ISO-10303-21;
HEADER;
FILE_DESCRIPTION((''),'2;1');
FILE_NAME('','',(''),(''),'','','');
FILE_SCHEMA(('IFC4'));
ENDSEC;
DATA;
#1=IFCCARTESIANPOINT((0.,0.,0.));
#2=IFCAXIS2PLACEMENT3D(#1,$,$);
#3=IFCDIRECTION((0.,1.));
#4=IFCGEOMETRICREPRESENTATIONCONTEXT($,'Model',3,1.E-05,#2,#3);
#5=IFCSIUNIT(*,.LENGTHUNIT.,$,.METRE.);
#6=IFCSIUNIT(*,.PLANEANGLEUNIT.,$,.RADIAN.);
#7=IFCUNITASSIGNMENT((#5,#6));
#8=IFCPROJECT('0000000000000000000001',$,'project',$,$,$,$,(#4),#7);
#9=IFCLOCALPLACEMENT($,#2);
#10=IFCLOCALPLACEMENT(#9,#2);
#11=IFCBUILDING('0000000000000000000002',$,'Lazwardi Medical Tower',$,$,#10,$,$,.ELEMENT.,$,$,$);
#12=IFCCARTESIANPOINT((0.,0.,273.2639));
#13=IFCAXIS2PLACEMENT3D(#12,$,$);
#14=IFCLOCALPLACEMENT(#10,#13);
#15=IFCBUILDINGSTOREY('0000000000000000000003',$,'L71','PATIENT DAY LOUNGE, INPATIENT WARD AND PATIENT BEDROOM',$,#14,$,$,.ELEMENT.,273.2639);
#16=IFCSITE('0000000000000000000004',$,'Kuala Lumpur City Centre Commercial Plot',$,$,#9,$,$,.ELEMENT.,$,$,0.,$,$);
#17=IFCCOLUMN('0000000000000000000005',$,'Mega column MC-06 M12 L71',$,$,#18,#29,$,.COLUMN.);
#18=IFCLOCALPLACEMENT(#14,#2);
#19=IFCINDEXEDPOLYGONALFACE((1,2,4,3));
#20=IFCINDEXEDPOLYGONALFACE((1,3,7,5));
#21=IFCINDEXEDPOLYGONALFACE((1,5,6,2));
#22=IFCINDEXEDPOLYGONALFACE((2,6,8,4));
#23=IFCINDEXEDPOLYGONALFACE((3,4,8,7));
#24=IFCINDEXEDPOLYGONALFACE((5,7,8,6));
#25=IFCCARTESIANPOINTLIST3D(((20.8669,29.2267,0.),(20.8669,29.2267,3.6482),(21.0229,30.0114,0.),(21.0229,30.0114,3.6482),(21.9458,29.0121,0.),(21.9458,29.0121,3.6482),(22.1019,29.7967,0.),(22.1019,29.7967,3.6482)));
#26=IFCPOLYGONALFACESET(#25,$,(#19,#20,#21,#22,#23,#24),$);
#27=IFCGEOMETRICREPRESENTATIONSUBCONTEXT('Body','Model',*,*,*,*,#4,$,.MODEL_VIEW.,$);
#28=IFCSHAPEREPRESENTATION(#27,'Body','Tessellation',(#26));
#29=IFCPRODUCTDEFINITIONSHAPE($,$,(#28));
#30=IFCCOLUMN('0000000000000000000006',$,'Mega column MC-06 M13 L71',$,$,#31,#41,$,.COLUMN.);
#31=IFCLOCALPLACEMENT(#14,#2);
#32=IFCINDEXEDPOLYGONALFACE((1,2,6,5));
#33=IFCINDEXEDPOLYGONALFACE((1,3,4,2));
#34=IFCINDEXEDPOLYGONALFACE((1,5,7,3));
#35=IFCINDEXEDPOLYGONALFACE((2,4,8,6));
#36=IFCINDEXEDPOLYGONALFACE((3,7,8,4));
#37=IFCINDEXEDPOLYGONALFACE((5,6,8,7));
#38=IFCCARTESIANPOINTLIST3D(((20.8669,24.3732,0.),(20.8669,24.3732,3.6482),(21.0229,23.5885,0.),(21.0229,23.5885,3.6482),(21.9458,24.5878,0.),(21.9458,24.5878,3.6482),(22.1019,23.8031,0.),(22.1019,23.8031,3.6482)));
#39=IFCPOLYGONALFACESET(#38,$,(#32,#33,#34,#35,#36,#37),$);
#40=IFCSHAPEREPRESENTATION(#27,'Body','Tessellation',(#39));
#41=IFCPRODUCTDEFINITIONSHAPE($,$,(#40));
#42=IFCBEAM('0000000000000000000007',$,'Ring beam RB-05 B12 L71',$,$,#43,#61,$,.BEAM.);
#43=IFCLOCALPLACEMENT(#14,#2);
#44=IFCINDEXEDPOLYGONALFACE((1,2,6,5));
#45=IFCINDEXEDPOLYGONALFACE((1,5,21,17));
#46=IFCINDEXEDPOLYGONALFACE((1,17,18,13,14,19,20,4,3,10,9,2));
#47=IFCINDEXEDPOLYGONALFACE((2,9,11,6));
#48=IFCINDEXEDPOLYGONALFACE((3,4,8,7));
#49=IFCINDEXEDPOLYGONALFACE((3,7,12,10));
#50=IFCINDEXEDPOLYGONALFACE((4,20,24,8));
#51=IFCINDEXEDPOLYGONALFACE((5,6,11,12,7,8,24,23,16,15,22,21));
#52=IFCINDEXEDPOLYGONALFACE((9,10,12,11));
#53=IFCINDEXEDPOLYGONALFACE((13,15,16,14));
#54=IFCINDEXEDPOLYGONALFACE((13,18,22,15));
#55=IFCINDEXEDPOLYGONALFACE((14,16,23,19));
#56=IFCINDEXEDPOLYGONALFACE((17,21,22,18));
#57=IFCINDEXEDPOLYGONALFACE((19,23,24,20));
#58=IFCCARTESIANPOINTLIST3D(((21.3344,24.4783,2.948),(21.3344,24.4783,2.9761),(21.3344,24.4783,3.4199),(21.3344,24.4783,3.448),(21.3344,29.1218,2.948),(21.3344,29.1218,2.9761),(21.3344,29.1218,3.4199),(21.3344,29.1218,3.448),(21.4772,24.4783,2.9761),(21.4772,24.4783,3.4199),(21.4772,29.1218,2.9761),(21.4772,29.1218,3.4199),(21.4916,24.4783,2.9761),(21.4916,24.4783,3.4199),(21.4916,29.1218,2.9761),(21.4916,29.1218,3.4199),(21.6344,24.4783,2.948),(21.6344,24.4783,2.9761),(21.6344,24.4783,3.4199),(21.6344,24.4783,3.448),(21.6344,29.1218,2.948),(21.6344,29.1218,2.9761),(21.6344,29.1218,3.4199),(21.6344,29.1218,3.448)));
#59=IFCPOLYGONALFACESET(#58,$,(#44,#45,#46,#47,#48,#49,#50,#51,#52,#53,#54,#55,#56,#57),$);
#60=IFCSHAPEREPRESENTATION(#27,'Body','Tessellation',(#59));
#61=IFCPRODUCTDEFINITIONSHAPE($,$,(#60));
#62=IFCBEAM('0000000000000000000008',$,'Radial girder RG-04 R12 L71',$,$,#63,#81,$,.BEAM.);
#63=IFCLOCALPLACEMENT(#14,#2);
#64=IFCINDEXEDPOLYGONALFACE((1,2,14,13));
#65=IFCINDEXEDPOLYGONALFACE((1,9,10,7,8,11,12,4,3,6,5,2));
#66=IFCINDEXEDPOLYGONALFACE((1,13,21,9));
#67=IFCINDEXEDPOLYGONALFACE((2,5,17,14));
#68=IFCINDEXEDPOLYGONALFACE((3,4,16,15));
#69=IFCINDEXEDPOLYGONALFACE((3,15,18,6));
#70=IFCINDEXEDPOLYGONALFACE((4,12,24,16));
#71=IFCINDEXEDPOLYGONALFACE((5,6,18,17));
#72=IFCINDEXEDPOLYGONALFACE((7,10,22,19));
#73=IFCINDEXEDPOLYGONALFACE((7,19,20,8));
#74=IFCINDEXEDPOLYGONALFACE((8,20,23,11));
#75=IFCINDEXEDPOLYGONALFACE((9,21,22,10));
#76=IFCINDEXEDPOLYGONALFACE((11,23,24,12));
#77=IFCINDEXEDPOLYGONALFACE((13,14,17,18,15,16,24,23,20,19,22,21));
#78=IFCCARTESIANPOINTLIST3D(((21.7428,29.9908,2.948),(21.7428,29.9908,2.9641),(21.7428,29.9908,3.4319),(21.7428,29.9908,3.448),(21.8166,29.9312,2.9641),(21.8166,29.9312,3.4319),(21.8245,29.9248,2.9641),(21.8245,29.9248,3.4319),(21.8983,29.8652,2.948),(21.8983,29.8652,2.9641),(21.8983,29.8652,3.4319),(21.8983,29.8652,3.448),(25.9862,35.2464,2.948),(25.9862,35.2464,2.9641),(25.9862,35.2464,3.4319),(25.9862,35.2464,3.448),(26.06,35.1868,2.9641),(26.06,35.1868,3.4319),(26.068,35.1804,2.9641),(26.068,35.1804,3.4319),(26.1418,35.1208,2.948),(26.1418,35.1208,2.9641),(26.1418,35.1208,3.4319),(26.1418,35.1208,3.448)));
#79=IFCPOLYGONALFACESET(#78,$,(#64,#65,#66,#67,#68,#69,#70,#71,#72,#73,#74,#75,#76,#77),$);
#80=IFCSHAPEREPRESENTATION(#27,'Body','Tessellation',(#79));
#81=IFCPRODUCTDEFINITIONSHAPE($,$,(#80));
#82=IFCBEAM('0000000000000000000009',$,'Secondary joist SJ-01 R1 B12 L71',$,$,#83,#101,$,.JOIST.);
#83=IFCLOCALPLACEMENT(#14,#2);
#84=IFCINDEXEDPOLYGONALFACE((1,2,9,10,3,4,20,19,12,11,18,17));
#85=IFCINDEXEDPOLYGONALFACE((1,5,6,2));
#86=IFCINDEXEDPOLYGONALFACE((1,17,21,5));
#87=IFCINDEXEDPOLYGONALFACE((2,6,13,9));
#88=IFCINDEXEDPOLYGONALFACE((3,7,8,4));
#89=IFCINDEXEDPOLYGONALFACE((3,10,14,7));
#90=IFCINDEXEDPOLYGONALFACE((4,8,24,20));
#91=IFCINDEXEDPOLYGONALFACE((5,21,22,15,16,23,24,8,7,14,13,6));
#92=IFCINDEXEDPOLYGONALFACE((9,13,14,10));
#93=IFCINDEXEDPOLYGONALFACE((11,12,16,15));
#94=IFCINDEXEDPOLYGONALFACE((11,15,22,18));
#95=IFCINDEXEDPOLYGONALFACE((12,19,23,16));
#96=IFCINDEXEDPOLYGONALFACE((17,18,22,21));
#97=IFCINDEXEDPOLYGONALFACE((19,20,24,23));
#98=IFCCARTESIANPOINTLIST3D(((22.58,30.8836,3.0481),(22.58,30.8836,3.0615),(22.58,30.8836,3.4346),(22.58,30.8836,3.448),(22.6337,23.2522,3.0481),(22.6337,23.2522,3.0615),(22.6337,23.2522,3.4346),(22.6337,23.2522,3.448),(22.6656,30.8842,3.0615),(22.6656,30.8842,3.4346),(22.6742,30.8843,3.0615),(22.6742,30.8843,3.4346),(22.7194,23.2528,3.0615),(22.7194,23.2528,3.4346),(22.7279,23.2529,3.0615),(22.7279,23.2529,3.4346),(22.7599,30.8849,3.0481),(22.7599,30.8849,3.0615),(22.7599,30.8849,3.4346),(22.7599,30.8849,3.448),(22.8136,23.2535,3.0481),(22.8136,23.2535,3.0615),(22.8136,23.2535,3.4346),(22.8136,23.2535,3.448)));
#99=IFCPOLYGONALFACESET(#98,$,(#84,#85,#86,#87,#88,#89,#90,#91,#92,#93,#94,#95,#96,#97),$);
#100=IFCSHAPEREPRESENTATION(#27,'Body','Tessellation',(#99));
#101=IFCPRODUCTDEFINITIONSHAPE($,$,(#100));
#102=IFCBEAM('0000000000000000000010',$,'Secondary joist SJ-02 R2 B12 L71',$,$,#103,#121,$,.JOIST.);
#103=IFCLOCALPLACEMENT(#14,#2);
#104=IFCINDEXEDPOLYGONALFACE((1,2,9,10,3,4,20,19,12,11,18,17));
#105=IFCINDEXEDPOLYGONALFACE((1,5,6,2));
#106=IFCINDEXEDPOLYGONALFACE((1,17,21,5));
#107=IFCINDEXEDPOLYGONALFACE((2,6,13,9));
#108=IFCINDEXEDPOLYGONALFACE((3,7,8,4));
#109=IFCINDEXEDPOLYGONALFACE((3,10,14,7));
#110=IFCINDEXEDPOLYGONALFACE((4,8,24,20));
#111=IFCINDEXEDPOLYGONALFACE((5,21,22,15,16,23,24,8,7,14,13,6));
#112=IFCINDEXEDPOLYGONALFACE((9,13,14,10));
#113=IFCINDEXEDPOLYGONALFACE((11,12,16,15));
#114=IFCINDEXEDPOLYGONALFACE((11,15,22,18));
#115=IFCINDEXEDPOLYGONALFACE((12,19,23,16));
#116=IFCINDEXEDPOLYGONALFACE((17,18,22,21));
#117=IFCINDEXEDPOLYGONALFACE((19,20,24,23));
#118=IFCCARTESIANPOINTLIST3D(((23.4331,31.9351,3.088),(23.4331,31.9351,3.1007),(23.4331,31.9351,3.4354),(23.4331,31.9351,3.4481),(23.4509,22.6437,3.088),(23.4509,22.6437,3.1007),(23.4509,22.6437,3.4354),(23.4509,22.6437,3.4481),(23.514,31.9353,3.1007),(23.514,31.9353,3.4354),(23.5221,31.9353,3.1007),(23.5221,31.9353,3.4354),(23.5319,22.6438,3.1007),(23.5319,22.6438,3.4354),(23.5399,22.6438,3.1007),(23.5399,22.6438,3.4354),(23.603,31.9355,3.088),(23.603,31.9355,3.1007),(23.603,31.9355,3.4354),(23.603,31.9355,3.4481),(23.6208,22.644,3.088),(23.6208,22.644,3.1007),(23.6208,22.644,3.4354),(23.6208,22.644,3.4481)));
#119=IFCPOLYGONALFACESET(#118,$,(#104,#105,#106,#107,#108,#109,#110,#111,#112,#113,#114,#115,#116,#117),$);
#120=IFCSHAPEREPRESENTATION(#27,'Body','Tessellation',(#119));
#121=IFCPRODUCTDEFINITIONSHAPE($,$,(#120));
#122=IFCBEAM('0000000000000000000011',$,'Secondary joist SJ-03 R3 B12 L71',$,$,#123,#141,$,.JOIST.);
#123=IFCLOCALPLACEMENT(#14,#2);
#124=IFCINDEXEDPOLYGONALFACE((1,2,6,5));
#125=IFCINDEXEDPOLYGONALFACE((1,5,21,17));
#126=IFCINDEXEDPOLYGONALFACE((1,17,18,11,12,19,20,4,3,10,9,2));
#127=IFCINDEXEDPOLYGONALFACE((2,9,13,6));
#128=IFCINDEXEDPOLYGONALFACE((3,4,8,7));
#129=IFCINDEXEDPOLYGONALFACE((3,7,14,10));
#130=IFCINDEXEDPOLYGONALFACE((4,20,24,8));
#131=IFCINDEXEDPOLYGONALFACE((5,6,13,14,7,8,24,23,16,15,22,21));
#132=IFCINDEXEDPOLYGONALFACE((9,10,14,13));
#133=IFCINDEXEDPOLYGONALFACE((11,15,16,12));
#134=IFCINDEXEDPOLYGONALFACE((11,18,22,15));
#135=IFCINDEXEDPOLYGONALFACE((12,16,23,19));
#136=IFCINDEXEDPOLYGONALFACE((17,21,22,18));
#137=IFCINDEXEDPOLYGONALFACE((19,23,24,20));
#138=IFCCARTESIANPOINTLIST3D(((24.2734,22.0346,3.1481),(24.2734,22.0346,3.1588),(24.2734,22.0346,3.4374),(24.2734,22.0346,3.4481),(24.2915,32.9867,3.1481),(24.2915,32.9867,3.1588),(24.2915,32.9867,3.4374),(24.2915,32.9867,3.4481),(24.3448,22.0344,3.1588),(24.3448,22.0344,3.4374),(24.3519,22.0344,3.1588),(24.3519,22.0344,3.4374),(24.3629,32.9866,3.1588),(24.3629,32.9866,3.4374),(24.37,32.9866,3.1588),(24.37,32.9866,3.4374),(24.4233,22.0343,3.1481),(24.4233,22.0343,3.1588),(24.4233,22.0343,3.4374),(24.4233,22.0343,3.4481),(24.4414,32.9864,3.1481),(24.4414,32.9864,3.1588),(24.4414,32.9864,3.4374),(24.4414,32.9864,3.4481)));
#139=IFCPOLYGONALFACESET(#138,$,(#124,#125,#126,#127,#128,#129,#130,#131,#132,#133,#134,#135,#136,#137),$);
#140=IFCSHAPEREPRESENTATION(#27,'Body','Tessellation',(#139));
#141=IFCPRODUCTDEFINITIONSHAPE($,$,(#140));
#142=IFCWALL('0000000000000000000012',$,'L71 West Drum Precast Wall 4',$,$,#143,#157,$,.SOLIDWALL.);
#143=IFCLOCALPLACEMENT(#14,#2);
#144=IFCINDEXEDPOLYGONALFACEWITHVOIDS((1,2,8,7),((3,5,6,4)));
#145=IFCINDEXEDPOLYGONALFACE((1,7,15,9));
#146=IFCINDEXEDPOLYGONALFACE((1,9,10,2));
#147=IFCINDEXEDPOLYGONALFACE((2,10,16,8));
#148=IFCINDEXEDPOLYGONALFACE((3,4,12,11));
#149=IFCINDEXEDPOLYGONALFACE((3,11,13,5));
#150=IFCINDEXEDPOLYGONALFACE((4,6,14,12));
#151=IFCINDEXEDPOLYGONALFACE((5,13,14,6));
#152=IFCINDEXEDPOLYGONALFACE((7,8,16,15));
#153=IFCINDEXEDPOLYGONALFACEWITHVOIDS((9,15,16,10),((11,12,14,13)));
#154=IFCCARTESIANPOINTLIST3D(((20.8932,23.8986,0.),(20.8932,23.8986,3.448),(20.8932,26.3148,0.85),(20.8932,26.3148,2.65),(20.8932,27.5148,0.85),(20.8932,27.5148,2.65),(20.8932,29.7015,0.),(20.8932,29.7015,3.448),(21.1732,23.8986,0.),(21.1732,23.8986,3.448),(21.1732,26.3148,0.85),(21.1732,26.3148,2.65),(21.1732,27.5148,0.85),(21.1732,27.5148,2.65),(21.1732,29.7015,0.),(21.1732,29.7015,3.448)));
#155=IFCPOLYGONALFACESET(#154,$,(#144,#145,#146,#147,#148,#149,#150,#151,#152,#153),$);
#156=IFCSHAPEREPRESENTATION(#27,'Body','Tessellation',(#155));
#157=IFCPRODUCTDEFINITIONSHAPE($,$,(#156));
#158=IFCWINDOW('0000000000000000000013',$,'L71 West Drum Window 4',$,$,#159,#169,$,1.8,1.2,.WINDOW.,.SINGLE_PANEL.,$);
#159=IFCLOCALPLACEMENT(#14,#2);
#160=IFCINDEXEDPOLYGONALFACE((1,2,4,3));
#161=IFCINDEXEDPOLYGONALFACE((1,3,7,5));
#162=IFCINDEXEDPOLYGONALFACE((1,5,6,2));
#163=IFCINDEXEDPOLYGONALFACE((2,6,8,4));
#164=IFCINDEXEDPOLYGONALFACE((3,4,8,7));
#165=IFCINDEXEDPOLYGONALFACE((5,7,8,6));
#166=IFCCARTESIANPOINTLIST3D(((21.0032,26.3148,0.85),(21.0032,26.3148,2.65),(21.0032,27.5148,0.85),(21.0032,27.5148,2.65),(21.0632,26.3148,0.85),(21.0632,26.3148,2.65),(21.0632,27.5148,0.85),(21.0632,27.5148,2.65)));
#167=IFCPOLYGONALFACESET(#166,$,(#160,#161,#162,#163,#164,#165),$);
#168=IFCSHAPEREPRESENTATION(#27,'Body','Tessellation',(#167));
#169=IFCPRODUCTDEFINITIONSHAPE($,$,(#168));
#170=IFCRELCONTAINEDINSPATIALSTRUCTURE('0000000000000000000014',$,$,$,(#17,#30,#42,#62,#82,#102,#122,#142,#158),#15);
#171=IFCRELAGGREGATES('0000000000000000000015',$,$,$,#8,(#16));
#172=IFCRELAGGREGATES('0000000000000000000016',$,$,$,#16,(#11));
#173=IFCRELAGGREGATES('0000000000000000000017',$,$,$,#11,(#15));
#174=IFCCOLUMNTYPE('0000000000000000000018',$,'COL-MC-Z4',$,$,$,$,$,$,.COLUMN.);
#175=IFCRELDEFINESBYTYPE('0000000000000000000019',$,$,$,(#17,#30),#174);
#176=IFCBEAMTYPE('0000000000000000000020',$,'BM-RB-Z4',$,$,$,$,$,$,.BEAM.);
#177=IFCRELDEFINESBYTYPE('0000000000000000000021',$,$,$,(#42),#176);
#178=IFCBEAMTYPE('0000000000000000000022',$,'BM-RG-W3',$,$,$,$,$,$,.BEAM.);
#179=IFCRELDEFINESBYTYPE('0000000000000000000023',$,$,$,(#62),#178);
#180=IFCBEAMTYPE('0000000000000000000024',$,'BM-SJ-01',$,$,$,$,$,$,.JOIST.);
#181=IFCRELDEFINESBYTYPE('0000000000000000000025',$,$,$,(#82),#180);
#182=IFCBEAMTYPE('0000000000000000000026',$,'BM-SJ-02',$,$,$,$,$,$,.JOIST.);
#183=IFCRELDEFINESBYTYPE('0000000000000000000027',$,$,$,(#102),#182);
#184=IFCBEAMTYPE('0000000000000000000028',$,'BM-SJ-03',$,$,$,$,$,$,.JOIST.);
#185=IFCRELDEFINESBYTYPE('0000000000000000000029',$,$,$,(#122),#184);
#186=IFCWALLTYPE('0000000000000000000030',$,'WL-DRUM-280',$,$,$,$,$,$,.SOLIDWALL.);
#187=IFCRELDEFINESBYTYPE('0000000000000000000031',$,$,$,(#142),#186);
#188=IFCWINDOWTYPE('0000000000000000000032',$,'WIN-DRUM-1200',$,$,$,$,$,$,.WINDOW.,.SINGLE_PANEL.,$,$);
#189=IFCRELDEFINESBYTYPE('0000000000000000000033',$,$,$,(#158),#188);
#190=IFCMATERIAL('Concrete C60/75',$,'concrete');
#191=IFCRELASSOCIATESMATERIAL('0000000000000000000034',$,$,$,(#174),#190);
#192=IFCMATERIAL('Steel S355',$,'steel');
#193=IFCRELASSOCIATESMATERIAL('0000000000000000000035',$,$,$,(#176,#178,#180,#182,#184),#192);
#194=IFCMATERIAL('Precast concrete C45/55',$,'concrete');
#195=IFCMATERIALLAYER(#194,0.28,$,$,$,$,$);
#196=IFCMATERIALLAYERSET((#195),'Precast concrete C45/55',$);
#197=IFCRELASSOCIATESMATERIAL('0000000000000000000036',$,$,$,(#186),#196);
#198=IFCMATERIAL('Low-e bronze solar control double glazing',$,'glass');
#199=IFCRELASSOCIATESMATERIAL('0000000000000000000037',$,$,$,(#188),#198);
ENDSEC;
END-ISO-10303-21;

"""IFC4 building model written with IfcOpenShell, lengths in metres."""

from ifc_helpers import new_model, si_unit, direction, frame, frame_2d, origin, origin_2d, place, context, subcontext, project, spatial, rectangle, i_section, extrude, material, layer, layer_set, material_profile, profile_set, type_object, element, fill, save


model = new_model("IFC4")

# Units and contexts
model_context = context("Model", 3, precision=1e-05, world=origin(), true_north=direction((0.0, 1.0)))
body_context = subcontext(model_context, "Body", "Model", "MODEL_VIEW")
ifc_project = project(units=[si_unit("LENGTHUNIT", "METRE"), si_unit("PLANEANGLEUNIT", "RADIAN")], contexts=[model_context])

# Site, building, storey
site_placement = place(None, origin())
site = spatial("IfcSite", under=ifc_project, at=site_placement, Name="Kuala Lumpur City Centre Commercial Plot", CompositionType="ELEMENT", RefElevation=0.0)
building_placement = place(site_placement, origin())
building = spatial("IfcBuilding", under=site, at=building_placement, Name="Lazwardi Medical Tower", CompositionType="ELEMENT")
storey_placement = place(building_placement, frame((0.0, 0.0, 273.2639)))
storey = spatial("IfcBuildingStorey", under=building, at=storey_placement, Name="L71", Description="PATIENT DAY LOUNGE, INPATIENT WARD AND PATIENT BEDROOM", CompositionType="ELEMENT", Elevation=273.2639)

# Columns
ifc_material_1 = material(Name="Concrete C60/75", Category="concrete")
ifc_material_profile_1 = material_profile(ifc_material_1, rectangle(XDim=1.1001, YDim=0.8, at=origin_2d()), Name="CFT-RECT 1100x800")
ifc_profile_set_1 = profile_set([ifc_material_profile_1], Name="Concrete C60/75")
column_type = type_object("IfcColumnType", Name="COL-MC-Z4", PredefinedType="COLUMN", material=ifc_profile_set_1)
for number, where, z_axis, x_axis, name in (
    (1, (21.4844, 29.5117, 0.0), (0.0, 0.0, 1.0), (-0.980785, 0.19509, 0.0), "Mega column MC-06 M12 L71"),
    (2, (21.4844, 24.0881, 0.0), (0.0, 0.0, 1.0), (-0.980785, -0.19509, 0.0), "Mega column MC-06 M13 L71"),
):
    element("IfcColumn", number, at=place(storey_placement, frame(where, z_axis=z_axis, x_axis=x_axis)), inside=storey, type_object=column_type, Name=name, PredefinedType="COLUMN", context=body_context, shape_type="SweptSolid", body=[
        extrude(rectangle(XDim=1.1001, YDim=0.8, at=origin_2d()), origin(), (0.0, 0.0, 1.0), 3.6482),
    ])

# Beams
ifc_material_2 = material(Name="Steel S355", Category="steel")
ifc_material_profile_2 = material_profile(ifc_material_2, i_section(OverallWidth=0.3, OverallDepth=0.5, WebThickness=0.0144, FlangeThickness=0.0281, at=origin_2d()), Name="HEB 500")
ifc_profile_set_2 = profile_set([ifc_material_profile_2], Name="Steel S355")
beam_type_1 = type_object("IfcBeamType", Name="BM-RB-Z4", PredefinedType="BEAM", material=ifc_profile_set_2)
beam_1_placement = place(storey_placement, frame((21.4844, 29.1218, 3.198), z_axis=(0.0, -1.0, 0.0), x_axis=(1.0, 0.0, 0.0)))
element("IfcBeam", 3, at=beam_1_placement, inside=storey, type_object=beam_type_1, Name="Ring beam RB-05 B12 L71", PredefinedType="BEAM", context=body_context, shape_type="SweptSolid", body=[
    extrude(i_section(OverallWidth=0.3, OverallDepth=0.5, WebThickness=0.0144, FlangeThickness=0.0281, at=origin_2d()), origin(), (0.0, 0.0, 1.0), 4.6436),
])
ifc_material_profile_3 = material_profile(ifc_material_2, i_section(OverallWidth=0.2, OverallDepth=0.5, WebThickness=0.0103, FlangeThickness=0.0161, at=origin_2d()), Name="IPE 500")
ifc_profile_set_3 = profile_set([ifc_material_profile_3], Name="Steel S355")
beam_type_2 = type_object("IfcBeamType", Name="BM-RG-W3", PredefinedType="BEAM", material=ifc_profile_set_3)
beam_2_placement = place(storey_placement, frame((21.8206, 29.928, 3.198), z_axis=(0.628202, 0.778051, 0.0), x_axis=(-0.778051, 0.628202, 0.0)))
element("IfcBeam", 4, at=beam_2_placement, inside=storey, type_object=beam_type_2, Name="Radial girder RG-04 R12 L71", PredefinedType="BEAM", context=body_context, shape_type="SweptSolid", body=[
    extrude(i_section(OverallWidth=0.2, OverallDepth=0.5, WebThickness=0.0103, FlangeThickness=0.0161, at=origin_2d()), origin(), (0.0, 0.0, 1.0), 6.7549),
])
ifc_material_profile_4 = material_profile(ifc_material_2, i_section(OverallWidth=0.1799, OverallDepth=0.3999, WebThickness=0.0085, FlangeThickness=0.0134, at=origin_2d()), Name="IPE 400")
ifc_profile_set_4 = profile_set([ifc_material_profile_4], Name="Steel S355")
beam_type_3 = type_object("IfcBeamType", Name="BM-SJ-01", PredefinedType="JOIST", material=ifc_profile_set_4)
beam_3_placement = place(storey_placement, frame((22.6699, 30.8843, 3.248), z_axis=(0.007038, -0.999975, 0.0), x_axis=(0.999975, 0.007038, 0.0)))
element("IfcBeam", 5, at=beam_3_placement, inside=storey, type_object=beam_type_3, Name="Secondary joist SJ-01 R1 B12 L71", PredefinedType="JOIST", context=body_context, shape_type="SweptSolid", body=[
    extrude(i_section(OverallWidth=0.1799, OverallDepth=0.3999, WebThickness=0.0085, FlangeThickness=0.0134, at=origin_2d()), origin(), (0.0, 0.0, 1.0), 7.6316),
])
ifc_material_profile_5 = material_profile(ifc_material_2, i_section(OverallWidth=0.1699, OverallDepth=0.3601, WebThickness=0.0081, FlangeThickness=0.0127, at=origin_2d()), Name="IPE 360")
ifc_profile_set_5 = profile_set([ifc_material_profile_5], Name="Steel S355")
beam_type_4 = type_object("IfcBeamType", Name="BM-SJ-02", PredefinedType="JOIST", material=ifc_profile_set_5)
beam_4_placement = place(storey_placement, frame((23.5181, 31.9353, 3.2681), z_axis=(0.001918, -0.999998, 0.0), x_axis=(0.999998, 0.001918, 0.0)))
element("IfcBeam", 6, at=beam_4_placement, inside=storey, type_object=beam_type_4, Name="Secondary joist SJ-02 R2 B12 L71", PredefinedType="JOIST", context=body_context, shape_type="SweptSolid", body=[
    extrude(i_section(OverallWidth=0.1699, OverallDepth=0.3601, WebThickness=0.0081, FlangeThickness=0.0127, at=origin_2d()), origin(), (0.0, 0.0, 1.0), 9.2915),
])
ifc_material_profile_6 = material_profile(ifc_material_2, i_section(OverallWidth=0.1499, OverallDepth=0.3, WebThickness=0.0071, FlangeThickness=0.0107, at=origin_2d()), Name="IPE 300")
ifc_profile_set_6 = profile_set([ifc_material_profile_6], Name="Steel S355")
beam_type_5 = type_object("IfcBeamType", Name="BM-SJ-03", PredefinedType="JOIST", material=ifc_profile_set_6)
beam_5_placement = place(storey_placement, frame((24.3665, 32.9866, 3.2981), z_axis=(-0.00165, -0.999999, 0.0), x_axis=(0.999999, -0.00165, 0.0)))
element("IfcBeam", 7, at=beam_5_placement, inside=storey, type_object=beam_type_5, Name="Secondary joist SJ-03 R3 B12 L71", PredefinedType="JOIST", context=body_context, shape_type="SweptSolid", body=[
    extrude(i_section(OverallWidth=0.1499, OverallDepth=0.3, WebThickness=0.0071, FlangeThickness=0.0107, at=origin_2d()), origin(), (0.0, 0.0, 1.0), 10.9521),
])

# Wall, opening, window
ifc_material_3 = material(Name="Precast concrete C45/55", Category="concrete")
ifc_layer_1 = layer(ifc_material_3, 0.28)
ifc_layer_set_1 = layer_set([ifc_layer_1], Name="Precast concrete C45/55")
wall_type_1 = type_object("IfcWallType", Name="WL-DRUM-280", PredefinedType="SOLIDWALL", material=ifc_layer_set_1)
wall_1_placement = place(storey_placement, frame((21.0332, 29.7014, 0.0), z_axis=(0.0, 0.0, 1.0), x_axis=(0.0, -1.0, 0.0)))
wall_1 = element("IfcWall", 8, at=wall_1_placement, inside=storey, type_object=wall_type_1, Name="L71 West Drum Precast Wall 4", PredefinedType="SOLIDWALL", context=body_context, shape_type="SweptSolid", body=[
    extrude(rectangle(XDim=5.803, YDim=0.28, at=frame_2d((2.9014, 0.0))), origin(), (0.0, 0.0, 1.0), 3.448),
])
opening_1_placement = place(wall_1_placement, frame((2.1865, 0.0, 0.8501)))
opening_1 = element("IfcOpeningElement", 9, at=opening_1_placement, cuts=wall_1, PredefinedType="OPENING", context=body_context, shape_type="SweptSolid", body=[
    extrude(rectangle(XDim=1.2, YDim=1.8, at=frame_2d((0.6001, 0.8999))), frame((0.0, 0.1499, 0.0), z_axis=(0.0, -1.0, 0.0), x_axis=(1.0, 0.0, 0.0)), (0.0, 0.0, 1.0), 0.3),
])
ifc_material_4 = material(Name="Low-e bronze solar control double glazing", Category="glass")
window_type = type_object("IfcWindowType", Name="WIN-DRUM-1200", PartitioningType="SINGLE_PANEL", PredefinedType="WINDOW", material=ifc_material_4)
window_1_placement = place(opening_1_placement, origin())
window_1 = element("IfcWindow", 10, at=window_1_placement, inside=storey, type_object=window_type, Name="L71 West Drum Window 4", OverallHeight=1.8, OverallWidth=1.2, PartitioningType="SINGLE_PANEL", PredefinedType="WINDOW", context=body_context, shape_type="SweptSolid", body=[
    extrude(rectangle(XDim=1.2, YDim=1.8, at=frame_2d((0.6001, 0.8999))), frame((0.0, 0.03, 0.0), z_axis=(0.0, -1.0, 0.0), x_axis=(1.0, 0.0, 0.0)), (0.0, 0.0, 1.0), 0.0601),
])
fill(opening_1, window_1)

save(model, "model.ifc")
